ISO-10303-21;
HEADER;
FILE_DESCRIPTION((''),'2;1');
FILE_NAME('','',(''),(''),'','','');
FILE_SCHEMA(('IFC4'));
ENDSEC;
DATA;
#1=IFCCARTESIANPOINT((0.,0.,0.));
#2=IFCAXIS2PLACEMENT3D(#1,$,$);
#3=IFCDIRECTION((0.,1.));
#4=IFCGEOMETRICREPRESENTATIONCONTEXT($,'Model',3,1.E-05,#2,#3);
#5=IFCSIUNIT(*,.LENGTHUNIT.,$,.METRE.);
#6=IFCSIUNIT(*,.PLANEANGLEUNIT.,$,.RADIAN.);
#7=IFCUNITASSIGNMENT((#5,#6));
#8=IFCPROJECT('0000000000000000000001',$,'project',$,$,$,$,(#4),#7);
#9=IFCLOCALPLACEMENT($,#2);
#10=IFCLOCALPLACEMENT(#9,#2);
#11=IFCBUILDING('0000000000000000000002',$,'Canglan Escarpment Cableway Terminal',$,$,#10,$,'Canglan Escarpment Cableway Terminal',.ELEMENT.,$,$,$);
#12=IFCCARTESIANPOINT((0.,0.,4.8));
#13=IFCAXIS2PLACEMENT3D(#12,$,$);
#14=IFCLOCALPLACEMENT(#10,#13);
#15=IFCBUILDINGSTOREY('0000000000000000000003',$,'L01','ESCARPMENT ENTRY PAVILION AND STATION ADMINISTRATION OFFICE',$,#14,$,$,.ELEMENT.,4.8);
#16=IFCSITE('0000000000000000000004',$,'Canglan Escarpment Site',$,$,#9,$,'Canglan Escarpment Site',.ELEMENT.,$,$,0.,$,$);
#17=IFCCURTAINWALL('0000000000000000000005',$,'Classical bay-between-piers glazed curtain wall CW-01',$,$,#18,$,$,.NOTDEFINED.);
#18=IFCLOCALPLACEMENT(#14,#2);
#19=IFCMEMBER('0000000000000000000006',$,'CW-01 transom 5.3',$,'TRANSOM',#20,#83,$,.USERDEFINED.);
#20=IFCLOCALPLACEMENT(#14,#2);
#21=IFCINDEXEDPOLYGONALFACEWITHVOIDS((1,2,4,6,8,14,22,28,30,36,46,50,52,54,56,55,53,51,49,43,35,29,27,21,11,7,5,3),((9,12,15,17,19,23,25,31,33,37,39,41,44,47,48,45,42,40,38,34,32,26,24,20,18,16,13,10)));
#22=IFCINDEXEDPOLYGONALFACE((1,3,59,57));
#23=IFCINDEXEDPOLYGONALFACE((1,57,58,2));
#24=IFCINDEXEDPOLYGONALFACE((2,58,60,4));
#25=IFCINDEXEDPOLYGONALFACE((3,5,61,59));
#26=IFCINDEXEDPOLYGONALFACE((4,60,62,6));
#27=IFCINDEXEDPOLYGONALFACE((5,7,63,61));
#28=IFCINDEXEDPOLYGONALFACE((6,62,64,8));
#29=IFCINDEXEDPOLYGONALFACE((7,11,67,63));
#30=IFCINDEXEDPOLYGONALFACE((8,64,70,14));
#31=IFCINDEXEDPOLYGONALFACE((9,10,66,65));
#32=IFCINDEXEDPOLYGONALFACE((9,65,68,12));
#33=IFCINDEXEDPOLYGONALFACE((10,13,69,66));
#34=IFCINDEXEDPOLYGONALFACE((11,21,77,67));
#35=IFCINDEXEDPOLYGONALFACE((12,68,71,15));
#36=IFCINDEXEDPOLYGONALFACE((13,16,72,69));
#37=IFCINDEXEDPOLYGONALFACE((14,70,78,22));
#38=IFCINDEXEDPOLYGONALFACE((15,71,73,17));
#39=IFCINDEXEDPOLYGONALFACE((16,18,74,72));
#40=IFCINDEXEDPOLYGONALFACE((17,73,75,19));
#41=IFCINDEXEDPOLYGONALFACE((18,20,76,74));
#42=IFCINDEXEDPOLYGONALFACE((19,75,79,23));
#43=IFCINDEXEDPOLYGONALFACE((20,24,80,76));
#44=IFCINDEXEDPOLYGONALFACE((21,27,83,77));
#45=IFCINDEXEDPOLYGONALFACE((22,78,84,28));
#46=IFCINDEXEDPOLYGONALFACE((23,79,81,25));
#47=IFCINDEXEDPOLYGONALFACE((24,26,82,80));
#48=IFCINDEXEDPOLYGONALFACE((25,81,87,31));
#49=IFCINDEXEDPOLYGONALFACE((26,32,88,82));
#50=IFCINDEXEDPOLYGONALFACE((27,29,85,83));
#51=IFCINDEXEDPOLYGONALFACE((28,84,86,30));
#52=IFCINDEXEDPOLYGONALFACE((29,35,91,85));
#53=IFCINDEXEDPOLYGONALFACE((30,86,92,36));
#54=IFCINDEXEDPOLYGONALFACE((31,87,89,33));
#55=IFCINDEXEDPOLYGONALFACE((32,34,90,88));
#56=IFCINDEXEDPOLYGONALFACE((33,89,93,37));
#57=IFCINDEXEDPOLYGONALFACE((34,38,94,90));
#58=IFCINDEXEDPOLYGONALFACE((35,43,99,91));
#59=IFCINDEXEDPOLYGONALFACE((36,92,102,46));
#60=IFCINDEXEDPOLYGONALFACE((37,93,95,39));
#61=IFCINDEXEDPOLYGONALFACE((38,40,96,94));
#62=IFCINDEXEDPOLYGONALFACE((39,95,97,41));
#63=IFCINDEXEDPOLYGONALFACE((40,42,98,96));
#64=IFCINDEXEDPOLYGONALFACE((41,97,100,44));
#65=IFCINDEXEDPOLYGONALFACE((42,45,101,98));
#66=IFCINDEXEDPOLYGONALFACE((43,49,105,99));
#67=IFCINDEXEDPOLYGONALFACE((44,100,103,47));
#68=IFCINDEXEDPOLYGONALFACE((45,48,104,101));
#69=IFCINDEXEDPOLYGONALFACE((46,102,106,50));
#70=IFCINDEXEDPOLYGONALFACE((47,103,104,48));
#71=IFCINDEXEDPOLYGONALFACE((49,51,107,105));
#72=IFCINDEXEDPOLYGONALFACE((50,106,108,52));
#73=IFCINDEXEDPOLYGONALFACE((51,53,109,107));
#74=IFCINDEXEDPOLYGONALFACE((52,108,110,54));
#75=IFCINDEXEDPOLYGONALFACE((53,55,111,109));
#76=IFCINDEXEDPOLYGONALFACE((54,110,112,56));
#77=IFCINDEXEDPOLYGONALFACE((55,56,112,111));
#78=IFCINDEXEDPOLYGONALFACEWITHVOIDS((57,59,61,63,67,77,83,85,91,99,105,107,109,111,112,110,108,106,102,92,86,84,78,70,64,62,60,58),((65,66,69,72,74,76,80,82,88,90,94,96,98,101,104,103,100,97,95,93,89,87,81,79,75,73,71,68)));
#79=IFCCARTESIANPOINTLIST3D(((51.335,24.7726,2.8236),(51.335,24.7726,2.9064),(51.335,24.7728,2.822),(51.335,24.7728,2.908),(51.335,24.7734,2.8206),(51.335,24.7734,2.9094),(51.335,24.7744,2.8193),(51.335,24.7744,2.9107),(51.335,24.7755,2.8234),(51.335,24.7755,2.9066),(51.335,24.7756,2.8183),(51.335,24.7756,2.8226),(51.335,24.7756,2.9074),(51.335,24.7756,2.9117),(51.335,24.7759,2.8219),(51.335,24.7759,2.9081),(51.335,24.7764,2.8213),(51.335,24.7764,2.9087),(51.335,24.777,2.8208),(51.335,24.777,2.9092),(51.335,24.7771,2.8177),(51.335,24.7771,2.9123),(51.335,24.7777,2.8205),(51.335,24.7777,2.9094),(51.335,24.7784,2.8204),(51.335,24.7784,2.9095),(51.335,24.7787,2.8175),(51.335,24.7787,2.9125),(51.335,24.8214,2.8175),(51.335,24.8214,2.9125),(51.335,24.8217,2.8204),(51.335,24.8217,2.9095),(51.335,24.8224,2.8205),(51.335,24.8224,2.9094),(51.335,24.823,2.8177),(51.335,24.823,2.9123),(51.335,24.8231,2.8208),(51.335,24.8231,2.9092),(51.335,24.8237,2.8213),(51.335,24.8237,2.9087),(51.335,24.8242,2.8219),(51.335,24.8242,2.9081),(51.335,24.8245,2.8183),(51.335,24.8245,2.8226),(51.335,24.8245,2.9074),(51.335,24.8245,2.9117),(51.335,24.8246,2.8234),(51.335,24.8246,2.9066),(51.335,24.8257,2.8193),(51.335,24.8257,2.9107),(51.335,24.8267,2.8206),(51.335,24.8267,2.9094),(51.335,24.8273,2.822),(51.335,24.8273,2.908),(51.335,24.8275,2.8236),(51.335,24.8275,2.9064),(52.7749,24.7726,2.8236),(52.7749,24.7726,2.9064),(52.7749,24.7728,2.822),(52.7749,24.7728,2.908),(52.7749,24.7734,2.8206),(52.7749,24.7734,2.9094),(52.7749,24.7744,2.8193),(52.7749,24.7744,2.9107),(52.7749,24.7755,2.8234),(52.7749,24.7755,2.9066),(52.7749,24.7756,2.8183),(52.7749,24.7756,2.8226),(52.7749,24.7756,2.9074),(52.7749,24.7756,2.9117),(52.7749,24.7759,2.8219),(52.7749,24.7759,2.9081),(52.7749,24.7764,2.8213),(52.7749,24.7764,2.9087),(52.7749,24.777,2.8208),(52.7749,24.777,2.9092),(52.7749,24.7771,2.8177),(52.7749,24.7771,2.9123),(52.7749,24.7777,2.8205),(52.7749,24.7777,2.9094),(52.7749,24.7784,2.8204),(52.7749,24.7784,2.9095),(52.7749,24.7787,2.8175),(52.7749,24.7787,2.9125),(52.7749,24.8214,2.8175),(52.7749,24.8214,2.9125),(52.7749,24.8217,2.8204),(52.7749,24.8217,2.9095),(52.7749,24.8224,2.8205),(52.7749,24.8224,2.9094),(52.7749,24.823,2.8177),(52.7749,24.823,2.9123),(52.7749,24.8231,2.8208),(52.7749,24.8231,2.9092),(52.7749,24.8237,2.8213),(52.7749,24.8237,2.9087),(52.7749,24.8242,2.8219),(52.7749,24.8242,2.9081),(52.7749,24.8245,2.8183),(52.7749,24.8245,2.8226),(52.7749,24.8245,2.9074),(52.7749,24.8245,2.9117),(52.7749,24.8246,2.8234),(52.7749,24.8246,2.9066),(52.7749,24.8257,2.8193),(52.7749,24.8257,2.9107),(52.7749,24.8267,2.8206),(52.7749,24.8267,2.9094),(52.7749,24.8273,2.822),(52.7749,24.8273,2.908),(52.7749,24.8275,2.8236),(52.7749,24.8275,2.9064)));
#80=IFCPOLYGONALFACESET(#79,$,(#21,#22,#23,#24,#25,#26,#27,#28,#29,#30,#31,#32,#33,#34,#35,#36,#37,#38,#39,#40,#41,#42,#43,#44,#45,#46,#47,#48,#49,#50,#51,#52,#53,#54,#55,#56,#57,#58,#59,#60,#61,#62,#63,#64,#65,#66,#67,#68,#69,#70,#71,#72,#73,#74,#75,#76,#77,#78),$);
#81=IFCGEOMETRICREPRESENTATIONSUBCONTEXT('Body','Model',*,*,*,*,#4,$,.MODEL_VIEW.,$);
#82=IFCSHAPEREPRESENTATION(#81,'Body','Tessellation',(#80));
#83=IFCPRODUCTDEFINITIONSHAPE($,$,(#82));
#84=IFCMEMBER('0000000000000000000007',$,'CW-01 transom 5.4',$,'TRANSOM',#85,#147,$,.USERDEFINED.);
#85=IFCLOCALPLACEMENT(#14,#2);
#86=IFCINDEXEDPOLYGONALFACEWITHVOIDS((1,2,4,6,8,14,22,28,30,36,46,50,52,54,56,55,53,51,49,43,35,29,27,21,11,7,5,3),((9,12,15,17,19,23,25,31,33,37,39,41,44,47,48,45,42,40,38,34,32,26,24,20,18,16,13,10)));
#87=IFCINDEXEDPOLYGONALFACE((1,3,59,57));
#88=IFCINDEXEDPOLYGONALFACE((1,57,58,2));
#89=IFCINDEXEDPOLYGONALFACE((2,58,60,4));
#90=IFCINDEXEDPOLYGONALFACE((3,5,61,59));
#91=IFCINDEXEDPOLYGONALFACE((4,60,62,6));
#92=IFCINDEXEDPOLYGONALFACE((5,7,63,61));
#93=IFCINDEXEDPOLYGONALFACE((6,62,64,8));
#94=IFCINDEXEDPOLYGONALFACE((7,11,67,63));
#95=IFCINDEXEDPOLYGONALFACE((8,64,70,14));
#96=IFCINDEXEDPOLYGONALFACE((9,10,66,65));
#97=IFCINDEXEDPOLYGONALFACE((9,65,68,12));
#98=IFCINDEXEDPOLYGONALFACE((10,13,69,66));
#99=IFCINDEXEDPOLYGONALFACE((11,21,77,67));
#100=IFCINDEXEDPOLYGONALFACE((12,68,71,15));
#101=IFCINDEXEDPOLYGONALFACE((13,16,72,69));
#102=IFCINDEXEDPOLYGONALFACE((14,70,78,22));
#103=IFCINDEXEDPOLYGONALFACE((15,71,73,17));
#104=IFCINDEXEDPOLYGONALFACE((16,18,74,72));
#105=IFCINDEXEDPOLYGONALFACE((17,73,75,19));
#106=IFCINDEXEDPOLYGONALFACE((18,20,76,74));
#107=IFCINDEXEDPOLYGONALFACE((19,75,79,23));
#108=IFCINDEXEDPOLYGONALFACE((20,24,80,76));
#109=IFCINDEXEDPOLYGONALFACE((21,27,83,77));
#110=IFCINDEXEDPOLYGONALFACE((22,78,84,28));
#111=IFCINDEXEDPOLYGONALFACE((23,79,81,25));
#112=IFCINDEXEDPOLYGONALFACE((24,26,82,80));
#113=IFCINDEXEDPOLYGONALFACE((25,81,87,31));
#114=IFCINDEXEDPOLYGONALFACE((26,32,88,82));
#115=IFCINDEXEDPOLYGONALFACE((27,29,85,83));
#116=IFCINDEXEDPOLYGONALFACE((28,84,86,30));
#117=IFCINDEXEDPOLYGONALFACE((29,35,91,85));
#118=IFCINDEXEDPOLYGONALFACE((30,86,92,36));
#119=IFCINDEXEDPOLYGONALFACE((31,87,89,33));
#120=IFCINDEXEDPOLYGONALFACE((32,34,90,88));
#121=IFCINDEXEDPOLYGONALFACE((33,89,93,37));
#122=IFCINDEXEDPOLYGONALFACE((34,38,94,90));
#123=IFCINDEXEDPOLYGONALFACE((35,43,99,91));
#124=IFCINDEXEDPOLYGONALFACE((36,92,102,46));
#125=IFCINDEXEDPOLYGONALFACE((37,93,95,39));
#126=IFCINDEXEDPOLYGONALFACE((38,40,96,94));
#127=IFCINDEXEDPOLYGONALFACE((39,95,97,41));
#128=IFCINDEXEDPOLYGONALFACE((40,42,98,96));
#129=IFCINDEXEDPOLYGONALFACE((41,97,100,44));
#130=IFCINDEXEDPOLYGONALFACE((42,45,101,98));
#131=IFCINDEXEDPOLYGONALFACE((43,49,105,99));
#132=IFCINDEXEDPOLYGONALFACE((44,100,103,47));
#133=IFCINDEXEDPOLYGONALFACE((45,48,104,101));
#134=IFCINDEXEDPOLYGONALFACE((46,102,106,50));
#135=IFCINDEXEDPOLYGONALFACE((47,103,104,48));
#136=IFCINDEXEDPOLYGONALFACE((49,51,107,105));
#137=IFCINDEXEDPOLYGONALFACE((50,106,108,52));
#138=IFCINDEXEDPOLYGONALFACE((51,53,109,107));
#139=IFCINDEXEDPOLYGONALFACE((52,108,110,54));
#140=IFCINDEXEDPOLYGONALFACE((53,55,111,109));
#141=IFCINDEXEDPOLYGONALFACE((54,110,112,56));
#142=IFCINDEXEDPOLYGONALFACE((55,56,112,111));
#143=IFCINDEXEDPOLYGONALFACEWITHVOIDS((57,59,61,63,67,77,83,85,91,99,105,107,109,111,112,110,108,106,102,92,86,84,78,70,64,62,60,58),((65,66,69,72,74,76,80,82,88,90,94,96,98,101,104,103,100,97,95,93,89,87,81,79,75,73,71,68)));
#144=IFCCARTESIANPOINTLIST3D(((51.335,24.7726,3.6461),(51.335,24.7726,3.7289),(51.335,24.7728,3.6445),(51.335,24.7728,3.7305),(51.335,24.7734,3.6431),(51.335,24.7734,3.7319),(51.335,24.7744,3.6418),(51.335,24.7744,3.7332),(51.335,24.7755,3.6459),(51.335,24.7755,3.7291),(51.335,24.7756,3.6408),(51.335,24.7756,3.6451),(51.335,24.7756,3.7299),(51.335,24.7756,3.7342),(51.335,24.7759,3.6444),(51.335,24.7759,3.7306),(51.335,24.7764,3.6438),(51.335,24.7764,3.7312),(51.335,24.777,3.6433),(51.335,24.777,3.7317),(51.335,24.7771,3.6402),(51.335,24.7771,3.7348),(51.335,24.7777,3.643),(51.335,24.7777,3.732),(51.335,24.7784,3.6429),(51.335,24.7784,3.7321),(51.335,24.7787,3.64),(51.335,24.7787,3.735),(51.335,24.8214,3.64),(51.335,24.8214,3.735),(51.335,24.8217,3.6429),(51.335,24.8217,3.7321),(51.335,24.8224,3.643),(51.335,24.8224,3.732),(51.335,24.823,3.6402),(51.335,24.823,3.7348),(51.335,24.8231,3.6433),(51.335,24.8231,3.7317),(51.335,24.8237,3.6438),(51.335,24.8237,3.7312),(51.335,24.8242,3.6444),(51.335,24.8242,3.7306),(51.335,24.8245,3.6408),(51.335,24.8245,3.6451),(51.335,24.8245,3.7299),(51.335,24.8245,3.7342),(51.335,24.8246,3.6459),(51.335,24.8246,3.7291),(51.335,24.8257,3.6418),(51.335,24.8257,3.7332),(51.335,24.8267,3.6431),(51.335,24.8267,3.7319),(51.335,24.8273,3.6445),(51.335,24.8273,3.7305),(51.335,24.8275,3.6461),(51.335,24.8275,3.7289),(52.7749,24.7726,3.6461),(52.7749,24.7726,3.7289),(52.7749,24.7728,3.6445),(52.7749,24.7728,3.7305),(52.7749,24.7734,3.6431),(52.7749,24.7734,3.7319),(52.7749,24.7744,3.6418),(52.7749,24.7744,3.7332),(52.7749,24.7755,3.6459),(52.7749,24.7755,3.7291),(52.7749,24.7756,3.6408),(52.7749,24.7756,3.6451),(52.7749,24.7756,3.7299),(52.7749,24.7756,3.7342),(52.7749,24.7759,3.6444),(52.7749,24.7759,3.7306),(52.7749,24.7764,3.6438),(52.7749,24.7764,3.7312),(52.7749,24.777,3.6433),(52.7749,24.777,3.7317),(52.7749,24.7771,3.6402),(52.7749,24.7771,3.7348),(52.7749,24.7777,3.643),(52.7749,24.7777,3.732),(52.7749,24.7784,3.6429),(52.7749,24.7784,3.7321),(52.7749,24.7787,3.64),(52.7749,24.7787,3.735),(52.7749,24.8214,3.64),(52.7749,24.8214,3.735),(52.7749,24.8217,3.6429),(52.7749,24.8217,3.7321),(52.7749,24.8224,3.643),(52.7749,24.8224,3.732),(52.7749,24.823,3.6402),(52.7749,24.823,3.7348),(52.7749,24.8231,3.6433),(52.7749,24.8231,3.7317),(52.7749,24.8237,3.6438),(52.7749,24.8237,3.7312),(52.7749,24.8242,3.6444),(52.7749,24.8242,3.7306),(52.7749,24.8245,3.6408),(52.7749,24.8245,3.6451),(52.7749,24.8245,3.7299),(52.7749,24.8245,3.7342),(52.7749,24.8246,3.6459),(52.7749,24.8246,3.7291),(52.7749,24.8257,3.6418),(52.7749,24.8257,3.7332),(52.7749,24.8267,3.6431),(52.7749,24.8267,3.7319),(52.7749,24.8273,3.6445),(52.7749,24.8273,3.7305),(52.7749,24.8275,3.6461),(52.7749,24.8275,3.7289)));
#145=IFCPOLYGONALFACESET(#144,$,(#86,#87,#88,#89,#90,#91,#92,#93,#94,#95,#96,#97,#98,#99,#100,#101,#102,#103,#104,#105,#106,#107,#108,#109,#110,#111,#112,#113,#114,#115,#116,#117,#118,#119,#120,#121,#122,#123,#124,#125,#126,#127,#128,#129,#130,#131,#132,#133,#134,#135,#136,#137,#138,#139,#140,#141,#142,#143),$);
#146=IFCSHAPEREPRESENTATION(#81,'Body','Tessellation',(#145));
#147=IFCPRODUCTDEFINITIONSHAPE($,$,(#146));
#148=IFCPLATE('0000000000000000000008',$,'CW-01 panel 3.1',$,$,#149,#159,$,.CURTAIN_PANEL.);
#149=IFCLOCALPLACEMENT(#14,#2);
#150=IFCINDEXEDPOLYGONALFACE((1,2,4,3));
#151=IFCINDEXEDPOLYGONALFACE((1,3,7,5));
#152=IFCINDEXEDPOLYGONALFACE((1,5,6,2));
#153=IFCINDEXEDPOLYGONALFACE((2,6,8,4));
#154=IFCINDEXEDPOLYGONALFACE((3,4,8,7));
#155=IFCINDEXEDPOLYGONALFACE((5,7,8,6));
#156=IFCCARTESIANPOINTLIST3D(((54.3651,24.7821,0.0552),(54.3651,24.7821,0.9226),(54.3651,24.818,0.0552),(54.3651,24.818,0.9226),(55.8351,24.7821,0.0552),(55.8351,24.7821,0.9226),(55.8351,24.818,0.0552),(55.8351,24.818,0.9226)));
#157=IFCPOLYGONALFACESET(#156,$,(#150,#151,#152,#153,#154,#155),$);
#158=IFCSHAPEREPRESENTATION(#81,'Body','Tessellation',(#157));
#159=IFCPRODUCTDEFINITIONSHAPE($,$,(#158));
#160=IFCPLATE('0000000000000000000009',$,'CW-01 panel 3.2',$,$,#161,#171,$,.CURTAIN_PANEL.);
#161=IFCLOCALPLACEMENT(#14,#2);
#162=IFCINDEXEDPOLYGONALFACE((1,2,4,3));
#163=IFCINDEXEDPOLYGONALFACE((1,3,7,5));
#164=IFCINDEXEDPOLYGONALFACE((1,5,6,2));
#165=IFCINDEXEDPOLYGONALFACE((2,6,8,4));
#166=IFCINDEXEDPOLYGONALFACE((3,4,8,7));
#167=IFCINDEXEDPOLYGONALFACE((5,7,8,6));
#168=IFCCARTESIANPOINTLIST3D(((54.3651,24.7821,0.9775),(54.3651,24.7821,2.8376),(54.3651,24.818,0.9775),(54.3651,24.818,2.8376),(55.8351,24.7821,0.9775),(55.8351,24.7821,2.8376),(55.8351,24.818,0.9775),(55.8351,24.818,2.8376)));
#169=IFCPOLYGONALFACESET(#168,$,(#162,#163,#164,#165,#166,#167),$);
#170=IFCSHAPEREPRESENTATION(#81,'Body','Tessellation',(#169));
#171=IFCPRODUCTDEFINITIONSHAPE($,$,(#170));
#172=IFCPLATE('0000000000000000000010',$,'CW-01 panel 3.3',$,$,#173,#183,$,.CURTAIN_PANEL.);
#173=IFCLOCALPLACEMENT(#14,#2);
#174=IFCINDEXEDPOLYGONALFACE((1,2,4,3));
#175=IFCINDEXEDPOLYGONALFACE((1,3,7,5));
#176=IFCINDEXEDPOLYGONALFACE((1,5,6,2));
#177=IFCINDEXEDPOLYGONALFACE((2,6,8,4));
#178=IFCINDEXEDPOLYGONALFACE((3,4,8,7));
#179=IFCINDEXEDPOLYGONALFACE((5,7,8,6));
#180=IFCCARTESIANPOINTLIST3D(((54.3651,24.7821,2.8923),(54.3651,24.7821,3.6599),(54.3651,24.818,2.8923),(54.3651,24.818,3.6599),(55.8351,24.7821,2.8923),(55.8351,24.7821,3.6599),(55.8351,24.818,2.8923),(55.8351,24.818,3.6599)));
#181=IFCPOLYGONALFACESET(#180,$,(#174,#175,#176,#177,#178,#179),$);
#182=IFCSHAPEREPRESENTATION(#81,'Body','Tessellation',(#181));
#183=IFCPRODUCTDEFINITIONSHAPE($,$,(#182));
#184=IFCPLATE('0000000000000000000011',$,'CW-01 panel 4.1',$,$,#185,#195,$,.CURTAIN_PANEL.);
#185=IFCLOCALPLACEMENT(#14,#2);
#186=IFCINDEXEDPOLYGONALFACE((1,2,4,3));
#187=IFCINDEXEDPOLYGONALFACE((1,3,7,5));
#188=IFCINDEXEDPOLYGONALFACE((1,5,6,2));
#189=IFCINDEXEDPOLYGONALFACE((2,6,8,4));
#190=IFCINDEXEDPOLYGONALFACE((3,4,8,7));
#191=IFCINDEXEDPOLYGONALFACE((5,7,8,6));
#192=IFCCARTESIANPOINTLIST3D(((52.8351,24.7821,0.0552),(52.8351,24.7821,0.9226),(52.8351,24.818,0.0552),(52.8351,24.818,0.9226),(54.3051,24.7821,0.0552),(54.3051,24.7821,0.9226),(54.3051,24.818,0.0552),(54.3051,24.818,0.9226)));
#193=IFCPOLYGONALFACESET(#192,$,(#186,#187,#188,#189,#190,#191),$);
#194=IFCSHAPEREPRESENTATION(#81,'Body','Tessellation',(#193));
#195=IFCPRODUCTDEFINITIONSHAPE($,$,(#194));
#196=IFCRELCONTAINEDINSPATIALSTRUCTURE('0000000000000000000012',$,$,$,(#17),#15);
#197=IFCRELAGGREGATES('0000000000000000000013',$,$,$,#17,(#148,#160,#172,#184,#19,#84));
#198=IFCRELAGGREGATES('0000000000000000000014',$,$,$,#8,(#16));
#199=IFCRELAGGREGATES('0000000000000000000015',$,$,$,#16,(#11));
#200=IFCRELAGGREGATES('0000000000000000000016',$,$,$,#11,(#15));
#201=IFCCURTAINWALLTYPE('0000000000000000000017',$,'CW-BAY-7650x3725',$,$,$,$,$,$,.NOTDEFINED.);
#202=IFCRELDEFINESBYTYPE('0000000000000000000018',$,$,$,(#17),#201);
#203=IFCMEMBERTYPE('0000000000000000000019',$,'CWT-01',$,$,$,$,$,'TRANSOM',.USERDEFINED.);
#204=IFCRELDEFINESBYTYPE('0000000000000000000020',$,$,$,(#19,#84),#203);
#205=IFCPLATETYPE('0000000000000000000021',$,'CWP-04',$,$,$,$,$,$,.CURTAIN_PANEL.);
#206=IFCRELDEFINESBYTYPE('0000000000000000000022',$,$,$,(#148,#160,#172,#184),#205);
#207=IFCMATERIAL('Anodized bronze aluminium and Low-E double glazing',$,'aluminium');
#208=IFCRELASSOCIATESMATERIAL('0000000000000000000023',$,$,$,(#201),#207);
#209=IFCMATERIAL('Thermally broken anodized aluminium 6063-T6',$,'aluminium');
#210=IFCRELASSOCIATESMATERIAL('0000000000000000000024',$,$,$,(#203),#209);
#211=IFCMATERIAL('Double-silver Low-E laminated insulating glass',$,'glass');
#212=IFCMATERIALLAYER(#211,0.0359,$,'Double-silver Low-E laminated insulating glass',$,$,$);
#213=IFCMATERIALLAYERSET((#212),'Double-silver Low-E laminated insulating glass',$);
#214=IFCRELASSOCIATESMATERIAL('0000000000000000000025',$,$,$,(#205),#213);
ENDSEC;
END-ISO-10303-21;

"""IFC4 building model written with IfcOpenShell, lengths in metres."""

from ifc_helpers import new_model, si_unit, direction, frame, origin, origin_2d, place, context, subcontext, project, spatial, rectangle, hollow_rectangle, extrude, material, layer, layer_set, material_profile, profile_set, type_object, element, aggregate, save


model = new_model("IFC4")

# Units and contexts
model_context = context("Model", 3, precision=1e-05, world=origin(), true_north=direction((0.0, 1.0)))
body_context = subcontext(model_context, "Body", "Model", "MODEL_VIEW")
ifc_project = project(units=[si_unit("LENGTHUNIT", "METRE"), si_unit("PLANEANGLEUNIT", "RADIAN")], contexts=[model_context])

# Site, building, storey
site_placement = place(None, origin())
site = spatial("IfcSite", under=ifc_project, at=site_placement, Name="Canglan Escarpment Site", LongName="Canglan Escarpment Site", CompositionType="ELEMENT", RefElevation=0.0)
building_placement = place(site_placement, origin())
building = spatial("IfcBuilding", under=site, at=building_placement, Name="Canglan Escarpment Cableway Terminal", LongName="Canglan Escarpment Cableway Terminal", CompositionType="ELEMENT")
storey_placement = place(building_placement, frame((0.0, 0.0, 4.8)))
storey = spatial("IfcBuildingStorey", under=building, at=storey_placement, Name="L01", Description="ESCARPMENT ENTRY PAVILION AND STATION ADMINISTRATION OFFICE", CompositionType="ELEMENT", Elevation=4.8)

# Curtain wall, members, plates
ifc_material_1 = material(Name="Anodized bronze aluminium and Low-E double glazing", Category="aluminium")
curtain_wall_type = type_object("IfcCurtainWallType", Name="CW-BAY-7650x3725", PredefinedType="NOTDEFINED", material=ifc_material_1)
curtain_wall_placement = place(storey_placement, origin())
curtain_wall = element("IfcCurtainWall", 1, at=curtain_wall_placement, inside=storey, type_object=curtain_wall_type, Name="Classical bay-between-piers glazed curtain wall CW-01", PredefinedType="NOTDEFINED")
ifc_material_2 = material(Name="Thermally broken anodized aluminium 6063-T6", Category="aluminium")
ifc_material_profile_1 = material_profile(ifc_material_2, hollow_rectangle(XDim=0.0549, YDim=0.095, WallThickness=0.0029, InnerFilletRadius=0.0029, OuterFilletRadius=0.0061, at=origin_2d()), Name="ALU-TRAN 55x95x3")
ifc_profile_set_1 = profile_set([ifc_material_profile_1], Name="Thermally broken anodized aluminium 6063-T6")
member_type_1 = type_object("IfcMemberType", Name="CWT-01", ElementType="TRANSOM", PredefinedType="USERDEFINED", material=ifc_profile_set_1)
member_1_placement = place(storey_placement, frame((52.7749, 24.8, 2.865), z_axis=(-1.0, 0.0, 0.0), x_axis=(0.0, -1.0, 0.0)))
member_1 = element("IfcMember", 2, at=member_1_placement, type_object=member_type_1, Name="CW-01 transom 5.3", ObjectType="TRANSOM", PredefinedType="USERDEFINED", context=body_context, shape_type="SweptSolid", body=[
    extrude(hollow_rectangle(XDim=0.0549, YDim=0.095, WallThickness=0.0029, InnerFilletRadius=0.0029, OuterFilletRadius=0.0061, at=origin_2d()), origin(), (0.0, 0.0, 1.0), 1.4399),
])
member_2_placement = place(storey_placement, frame((52.7749, 24.8, 3.6875), z_axis=(-1.0, 0.0, 0.0), x_axis=(0.0, -1.0, 0.0)))
member_2 = element("IfcMember", 3, at=member_2_placement, type_object=member_type_1, Name="CW-01 transom 5.4", ObjectType="TRANSOM", PredefinedType="USERDEFINED", context=body_context, shape_type="SweptSolid", body=[
    extrude(hollow_rectangle(XDim=0.0549, YDim=0.095, WallThickness=0.0029, InnerFilletRadius=0.0029, OuterFilletRadius=0.0061, at=origin_2d()), origin(), (0.0, 0.0, 1.0), 1.4399),
])
ifc_material_3 = material(Name="Double-silver Low-E laminated insulating glass", Category="glass")
ifc_layer = layer(ifc_material_3, 0.0359, Name="Double-silver Low-E laminated insulating glass")
ifc_layer_set = layer_set([ifc_layer], Name="Double-silver Low-E laminated insulating glass")
plate_type = type_object("IfcPlateType", Name="CWP-04", PredefinedType="CURTAIN_PANEL", material=ifc_layer_set)
plate_1_placement = place(storey_placement, frame((55.1001, 24.8, 0.0552), z_axis=(0.0, 0.0, 1.0), x_axis=(-1.0, 0.0, 0.0)))
plate_1 = element("IfcPlate", 4, at=plate_1_placement, type_object=plate_type, Name="CW-01 panel 3.1", PredefinedType="CURTAIN_PANEL", context=body_context, shape_type="SweptSolid", body=[
    extrude(rectangle(XDim=1.47, YDim=0.0359, at=origin_2d()), origin(), (0.0, 0.0, 1.0), 0.8674),
])
plate_2_placement = place(storey_placement, frame((55.1001, 24.8, 0.9775), z_axis=(0.0, 0.0, 1.0), x_axis=(-1.0, 0.0, 0.0)))
plate_2 = element("IfcPlate", 5, at=plate_2_placement, type_object=plate_type, Name="CW-01 panel 3.2", PredefinedType="CURTAIN_PANEL", context=body_context, shape_type="SweptSolid", body=[
    extrude(rectangle(XDim=1.47, YDim=0.0359, at=origin_2d()), origin(), (0.0, 0.0, 1.0), 1.8601),
])
plate_3_placement = place(storey_placement, frame((55.1001, 24.8, 2.8923), z_axis=(0.0, 0.0, 1.0), x_axis=(-1.0, 0.0, 0.0)))
plate_3 = element("IfcPlate", 6, at=plate_3_placement, type_object=plate_type, Name="CW-01 panel 3.3", PredefinedType="CURTAIN_PANEL", context=body_context, shape_type="SweptSolid", body=[
    extrude(rectangle(XDim=1.47, YDim=0.0359, at=origin_2d()), origin(), (0.0, 0.0, 1.0), 0.7676),
])
plate_4_placement = place(storey_placement, frame((53.5701, 24.8, 0.0552), z_axis=(0.0, 0.0, 1.0), x_axis=(-1.0, 0.0, 0.0)))
plate_4 = element("IfcPlate", 7, at=plate_4_placement, type_object=plate_type, Name="CW-01 panel 4.1", PredefinedType="CURTAIN_PANEL", context=body_context, shape_type="SweptSolid", body=[
    extrude(rectangle(XDim=1.47, YDim=0.0359, at=origin_2d()), origin(), (0.0, 0.0, 1.0), 0.8674),
])
aggregate(curtain_wall, [plate_1, plate_2, plate_3, plate_4, member_1, member_2])

save(model, "model.ifc")
